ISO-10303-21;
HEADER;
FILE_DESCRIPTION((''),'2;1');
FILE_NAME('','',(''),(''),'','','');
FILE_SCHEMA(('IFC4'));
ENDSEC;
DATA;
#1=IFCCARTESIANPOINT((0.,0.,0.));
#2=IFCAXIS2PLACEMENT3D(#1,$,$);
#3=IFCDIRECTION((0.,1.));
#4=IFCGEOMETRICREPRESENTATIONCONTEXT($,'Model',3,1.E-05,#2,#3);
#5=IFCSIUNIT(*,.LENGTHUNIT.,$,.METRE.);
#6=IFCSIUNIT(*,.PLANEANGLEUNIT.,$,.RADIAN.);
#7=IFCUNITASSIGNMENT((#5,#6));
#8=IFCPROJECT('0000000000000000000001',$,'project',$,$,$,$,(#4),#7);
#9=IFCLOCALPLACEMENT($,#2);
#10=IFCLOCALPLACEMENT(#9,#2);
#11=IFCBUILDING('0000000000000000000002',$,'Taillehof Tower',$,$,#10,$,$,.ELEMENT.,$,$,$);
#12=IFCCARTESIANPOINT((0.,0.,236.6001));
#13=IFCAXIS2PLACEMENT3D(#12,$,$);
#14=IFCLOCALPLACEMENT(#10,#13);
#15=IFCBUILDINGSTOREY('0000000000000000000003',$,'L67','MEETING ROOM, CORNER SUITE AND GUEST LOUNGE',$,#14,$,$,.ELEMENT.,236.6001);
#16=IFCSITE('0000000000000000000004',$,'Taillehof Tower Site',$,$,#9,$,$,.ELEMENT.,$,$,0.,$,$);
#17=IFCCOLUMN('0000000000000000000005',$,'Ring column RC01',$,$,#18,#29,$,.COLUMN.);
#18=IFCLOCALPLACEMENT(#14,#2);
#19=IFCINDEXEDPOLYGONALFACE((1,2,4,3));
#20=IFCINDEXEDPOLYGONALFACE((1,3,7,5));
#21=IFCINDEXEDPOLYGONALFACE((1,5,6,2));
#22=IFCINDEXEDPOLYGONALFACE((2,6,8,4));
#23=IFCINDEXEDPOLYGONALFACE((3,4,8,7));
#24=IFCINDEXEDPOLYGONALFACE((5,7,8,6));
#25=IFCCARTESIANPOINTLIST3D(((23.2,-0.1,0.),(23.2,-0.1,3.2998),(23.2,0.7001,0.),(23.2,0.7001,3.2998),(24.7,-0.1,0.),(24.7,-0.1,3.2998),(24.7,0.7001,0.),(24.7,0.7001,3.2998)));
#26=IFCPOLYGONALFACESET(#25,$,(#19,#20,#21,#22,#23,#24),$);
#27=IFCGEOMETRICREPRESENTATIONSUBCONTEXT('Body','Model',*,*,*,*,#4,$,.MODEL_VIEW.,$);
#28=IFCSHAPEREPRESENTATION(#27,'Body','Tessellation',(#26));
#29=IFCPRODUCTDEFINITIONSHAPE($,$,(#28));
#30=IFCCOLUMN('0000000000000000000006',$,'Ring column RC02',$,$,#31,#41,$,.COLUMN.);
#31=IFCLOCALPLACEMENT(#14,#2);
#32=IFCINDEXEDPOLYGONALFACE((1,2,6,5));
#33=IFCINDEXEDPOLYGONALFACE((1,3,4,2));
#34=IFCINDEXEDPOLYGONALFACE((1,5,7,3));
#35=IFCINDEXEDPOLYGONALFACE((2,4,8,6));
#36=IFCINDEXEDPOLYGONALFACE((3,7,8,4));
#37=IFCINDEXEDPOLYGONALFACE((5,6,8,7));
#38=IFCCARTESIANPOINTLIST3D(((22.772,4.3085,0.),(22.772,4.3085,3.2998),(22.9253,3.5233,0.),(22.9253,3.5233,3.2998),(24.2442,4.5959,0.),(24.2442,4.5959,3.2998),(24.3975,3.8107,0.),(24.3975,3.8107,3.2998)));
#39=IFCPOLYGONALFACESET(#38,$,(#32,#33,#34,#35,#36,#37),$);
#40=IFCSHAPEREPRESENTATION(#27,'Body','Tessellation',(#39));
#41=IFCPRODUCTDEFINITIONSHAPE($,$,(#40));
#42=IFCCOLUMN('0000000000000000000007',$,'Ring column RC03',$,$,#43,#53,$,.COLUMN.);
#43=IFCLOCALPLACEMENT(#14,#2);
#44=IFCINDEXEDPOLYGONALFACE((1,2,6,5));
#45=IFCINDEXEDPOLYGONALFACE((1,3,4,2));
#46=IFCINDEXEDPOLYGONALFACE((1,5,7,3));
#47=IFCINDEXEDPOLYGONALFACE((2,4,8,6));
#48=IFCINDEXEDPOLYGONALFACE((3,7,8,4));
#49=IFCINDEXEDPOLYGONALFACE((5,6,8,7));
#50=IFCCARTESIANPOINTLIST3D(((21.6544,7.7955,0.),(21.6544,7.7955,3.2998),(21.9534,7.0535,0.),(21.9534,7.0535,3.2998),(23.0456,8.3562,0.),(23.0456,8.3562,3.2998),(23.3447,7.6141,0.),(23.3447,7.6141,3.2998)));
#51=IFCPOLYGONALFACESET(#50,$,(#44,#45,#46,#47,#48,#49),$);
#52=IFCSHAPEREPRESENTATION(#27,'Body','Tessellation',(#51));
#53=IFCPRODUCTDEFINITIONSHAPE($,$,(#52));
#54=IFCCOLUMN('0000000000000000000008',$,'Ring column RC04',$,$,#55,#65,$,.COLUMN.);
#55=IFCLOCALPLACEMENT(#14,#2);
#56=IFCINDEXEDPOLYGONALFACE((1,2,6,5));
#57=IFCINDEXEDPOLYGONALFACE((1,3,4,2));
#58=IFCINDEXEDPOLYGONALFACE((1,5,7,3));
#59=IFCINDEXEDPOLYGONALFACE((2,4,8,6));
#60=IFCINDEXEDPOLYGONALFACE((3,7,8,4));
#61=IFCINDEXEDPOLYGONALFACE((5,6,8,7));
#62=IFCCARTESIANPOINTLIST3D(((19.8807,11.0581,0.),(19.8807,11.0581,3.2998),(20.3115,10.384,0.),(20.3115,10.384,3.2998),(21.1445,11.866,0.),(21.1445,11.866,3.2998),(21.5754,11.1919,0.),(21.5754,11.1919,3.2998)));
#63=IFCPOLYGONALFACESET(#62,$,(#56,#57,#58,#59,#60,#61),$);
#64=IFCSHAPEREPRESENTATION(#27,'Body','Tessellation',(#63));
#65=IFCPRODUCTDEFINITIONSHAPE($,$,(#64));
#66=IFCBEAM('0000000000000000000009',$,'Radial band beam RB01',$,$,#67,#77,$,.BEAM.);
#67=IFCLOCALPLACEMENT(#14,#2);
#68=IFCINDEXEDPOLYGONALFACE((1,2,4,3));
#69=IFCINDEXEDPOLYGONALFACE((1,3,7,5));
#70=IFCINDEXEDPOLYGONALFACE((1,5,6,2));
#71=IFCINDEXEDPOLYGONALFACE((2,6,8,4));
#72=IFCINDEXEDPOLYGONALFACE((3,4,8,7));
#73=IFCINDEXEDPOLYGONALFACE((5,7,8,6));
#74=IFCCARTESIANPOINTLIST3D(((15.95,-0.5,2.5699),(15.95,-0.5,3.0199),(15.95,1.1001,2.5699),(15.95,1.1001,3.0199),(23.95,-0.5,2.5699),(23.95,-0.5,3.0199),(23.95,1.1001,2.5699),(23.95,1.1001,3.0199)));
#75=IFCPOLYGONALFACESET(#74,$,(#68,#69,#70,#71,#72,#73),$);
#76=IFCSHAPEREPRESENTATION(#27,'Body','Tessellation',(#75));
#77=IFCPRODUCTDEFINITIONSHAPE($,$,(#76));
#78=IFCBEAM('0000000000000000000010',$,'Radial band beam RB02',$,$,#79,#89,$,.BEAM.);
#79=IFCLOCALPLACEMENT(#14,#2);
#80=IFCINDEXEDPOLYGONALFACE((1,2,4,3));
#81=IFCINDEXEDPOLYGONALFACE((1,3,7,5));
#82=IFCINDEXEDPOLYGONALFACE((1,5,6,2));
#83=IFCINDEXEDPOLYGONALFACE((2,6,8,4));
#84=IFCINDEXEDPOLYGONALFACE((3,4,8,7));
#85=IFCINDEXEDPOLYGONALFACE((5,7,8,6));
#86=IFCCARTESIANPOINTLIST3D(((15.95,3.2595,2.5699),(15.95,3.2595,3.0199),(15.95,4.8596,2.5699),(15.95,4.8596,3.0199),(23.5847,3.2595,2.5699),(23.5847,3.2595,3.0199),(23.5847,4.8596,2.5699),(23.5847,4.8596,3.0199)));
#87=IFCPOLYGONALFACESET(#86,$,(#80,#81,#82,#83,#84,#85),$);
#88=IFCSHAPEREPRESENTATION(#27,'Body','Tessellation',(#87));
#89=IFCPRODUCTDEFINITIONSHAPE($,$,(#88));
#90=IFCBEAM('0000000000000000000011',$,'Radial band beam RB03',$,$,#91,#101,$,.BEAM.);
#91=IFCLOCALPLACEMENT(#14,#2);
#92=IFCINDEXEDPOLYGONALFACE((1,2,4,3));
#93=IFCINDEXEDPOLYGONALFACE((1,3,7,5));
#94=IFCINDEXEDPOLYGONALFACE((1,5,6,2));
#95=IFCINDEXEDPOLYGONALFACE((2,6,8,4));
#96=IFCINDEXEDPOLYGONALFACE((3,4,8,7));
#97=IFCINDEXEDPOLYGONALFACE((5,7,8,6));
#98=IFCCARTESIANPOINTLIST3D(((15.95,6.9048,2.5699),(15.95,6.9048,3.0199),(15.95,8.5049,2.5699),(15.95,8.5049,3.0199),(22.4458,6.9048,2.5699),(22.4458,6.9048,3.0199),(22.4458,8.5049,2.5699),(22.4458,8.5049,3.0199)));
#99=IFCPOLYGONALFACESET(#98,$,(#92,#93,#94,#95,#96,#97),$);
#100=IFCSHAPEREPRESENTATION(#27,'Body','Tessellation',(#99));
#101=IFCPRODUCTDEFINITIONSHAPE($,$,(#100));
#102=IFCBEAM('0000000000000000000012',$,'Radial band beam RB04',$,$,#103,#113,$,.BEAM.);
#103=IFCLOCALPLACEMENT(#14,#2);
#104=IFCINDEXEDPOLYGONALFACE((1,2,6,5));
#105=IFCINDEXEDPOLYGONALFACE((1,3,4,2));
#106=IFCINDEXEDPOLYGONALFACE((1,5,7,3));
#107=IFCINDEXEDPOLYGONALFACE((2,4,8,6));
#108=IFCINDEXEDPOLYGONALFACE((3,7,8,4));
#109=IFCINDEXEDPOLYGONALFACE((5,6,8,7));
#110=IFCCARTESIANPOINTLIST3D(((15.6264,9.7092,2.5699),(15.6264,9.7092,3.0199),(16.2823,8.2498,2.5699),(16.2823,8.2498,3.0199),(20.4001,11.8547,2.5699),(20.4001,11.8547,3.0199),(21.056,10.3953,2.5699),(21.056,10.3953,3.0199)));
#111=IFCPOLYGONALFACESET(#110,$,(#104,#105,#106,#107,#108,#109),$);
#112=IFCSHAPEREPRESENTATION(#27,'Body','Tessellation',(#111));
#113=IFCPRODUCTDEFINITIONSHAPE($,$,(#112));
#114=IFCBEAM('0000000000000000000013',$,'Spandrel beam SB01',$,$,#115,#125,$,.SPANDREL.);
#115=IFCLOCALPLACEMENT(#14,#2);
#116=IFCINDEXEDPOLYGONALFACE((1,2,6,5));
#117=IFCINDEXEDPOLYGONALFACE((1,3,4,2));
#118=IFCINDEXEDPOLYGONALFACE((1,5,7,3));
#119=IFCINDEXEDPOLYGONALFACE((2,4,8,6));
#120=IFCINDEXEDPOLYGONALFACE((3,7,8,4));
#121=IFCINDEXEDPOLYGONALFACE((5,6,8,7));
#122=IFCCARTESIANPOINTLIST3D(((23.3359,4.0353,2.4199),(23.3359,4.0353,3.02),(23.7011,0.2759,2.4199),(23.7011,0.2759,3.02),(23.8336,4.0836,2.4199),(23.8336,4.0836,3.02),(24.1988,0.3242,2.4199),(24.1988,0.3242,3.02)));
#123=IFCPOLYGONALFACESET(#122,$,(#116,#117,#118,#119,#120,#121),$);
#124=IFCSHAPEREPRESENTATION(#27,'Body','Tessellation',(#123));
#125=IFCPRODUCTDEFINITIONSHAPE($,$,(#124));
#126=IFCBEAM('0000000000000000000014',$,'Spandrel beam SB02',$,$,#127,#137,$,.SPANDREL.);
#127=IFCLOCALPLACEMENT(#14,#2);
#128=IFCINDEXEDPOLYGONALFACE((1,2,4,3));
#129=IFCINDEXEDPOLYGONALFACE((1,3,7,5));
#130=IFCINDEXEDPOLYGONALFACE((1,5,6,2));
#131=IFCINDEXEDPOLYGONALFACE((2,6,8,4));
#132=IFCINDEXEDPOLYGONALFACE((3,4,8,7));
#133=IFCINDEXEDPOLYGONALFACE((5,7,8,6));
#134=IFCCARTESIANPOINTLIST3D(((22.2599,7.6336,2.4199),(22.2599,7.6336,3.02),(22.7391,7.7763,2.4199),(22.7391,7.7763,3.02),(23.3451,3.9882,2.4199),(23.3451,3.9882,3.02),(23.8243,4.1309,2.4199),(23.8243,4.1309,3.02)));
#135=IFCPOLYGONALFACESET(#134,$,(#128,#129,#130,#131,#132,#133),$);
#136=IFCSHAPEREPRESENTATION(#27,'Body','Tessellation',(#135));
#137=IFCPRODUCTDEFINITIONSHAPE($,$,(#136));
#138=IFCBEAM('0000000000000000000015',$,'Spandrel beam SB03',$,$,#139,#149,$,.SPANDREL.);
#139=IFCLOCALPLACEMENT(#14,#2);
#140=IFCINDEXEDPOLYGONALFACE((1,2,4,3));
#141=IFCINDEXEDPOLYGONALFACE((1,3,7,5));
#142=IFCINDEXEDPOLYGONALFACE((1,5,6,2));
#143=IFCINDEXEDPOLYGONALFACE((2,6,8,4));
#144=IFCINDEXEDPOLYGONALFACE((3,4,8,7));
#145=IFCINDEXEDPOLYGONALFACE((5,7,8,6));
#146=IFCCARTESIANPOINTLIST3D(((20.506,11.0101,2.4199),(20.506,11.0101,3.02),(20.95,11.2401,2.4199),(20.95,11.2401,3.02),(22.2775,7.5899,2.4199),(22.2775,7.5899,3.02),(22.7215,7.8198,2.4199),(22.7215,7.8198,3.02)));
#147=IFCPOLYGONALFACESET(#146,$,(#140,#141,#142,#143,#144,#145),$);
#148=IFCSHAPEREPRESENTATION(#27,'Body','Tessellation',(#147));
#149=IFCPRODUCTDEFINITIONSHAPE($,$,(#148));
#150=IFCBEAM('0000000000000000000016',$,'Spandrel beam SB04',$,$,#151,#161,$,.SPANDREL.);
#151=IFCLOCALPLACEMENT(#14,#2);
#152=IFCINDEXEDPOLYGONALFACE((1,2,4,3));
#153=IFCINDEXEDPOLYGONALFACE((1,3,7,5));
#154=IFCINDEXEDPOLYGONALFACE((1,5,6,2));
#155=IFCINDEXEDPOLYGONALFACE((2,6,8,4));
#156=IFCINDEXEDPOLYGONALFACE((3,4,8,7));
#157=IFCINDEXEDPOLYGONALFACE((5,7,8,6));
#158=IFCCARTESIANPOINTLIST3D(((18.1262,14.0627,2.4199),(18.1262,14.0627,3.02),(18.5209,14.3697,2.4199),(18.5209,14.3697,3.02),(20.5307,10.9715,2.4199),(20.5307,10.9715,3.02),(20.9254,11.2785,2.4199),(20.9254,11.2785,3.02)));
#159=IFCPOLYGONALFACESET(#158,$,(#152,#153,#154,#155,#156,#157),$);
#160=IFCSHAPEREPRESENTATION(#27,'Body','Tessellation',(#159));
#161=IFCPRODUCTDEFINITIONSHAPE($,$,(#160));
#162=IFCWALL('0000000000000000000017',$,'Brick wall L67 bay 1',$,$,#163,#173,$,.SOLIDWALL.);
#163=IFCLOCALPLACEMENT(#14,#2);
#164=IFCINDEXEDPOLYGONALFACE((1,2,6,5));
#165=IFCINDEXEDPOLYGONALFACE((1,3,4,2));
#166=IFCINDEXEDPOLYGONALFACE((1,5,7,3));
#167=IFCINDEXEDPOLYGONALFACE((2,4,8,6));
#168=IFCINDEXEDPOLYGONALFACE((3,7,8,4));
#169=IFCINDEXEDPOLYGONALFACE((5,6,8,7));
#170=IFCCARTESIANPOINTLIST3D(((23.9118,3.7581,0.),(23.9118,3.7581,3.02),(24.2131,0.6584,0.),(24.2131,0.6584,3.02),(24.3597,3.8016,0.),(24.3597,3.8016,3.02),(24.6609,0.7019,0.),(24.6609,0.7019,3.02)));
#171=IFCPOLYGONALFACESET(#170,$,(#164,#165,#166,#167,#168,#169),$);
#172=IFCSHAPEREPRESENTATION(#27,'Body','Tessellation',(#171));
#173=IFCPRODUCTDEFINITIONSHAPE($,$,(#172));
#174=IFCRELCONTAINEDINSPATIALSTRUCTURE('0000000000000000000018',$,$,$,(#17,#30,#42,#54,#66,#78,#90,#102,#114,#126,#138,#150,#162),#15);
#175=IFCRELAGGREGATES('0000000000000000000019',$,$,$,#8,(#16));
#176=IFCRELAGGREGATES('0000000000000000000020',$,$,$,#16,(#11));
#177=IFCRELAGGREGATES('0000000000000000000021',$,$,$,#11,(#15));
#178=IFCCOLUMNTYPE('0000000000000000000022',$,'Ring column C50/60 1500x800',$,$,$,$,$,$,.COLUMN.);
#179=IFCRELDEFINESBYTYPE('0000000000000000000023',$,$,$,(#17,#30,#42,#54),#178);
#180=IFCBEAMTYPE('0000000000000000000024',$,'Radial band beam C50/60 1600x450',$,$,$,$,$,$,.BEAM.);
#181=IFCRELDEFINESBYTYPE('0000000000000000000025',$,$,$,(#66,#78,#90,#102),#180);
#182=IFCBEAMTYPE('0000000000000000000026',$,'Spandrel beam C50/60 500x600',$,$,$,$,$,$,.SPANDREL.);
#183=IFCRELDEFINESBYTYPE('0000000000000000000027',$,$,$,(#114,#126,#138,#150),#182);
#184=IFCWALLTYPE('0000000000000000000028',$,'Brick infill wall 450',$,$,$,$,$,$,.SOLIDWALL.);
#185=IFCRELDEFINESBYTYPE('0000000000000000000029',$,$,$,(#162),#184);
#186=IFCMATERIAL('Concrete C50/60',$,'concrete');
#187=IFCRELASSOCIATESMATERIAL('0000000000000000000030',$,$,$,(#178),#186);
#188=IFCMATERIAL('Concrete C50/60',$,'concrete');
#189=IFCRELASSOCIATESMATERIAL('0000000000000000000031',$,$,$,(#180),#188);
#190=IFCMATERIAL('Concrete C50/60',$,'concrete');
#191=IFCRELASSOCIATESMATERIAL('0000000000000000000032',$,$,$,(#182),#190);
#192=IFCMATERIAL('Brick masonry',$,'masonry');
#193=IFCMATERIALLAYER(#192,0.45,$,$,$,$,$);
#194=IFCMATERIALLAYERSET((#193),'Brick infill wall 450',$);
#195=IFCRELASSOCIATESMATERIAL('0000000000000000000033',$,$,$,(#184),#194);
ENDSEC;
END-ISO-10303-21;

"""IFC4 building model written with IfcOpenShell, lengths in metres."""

from ifc_helpers import new_model, si_unit, direction, frame, frame_2d, origin, origin_2d, place, context, subcontext, project, spatial, rectangle, extrude, material, layer, layer_set, material_profile, profile_set, type_object, element, save


model = new_model("IFC4")

# Units and contexts
model_context = context("Model", 3, precision=1e-05, world=origin(), true_north=direction((0.0, 1.0)))
body_context = subcontext(model_context, "Body", "Model", "MODEL_VIEW")
ifc_project = project(units=[si_unit("LENGTHUNIT", "METRE"), si_unit("PLANEANGLEUNIT", "RADIAN")], contexts=[model_context])

# Site, building, storey
site_placement = place(None, origin())
site = spatial("IfcSite", under=ifc_project, at=site_placement, Name="Taillehof Tower Site", CompositionType="ELEMENT", RefElevation=0.0)
building_placement = place(site_placement, origin())
building = spatial("IfcBuilding", under=site, at=building_placement, Name="Taillehof Tower", CompositionType="ELEMENT")
storey_placement = place(building_placement, frame((0.0, 0.0, 236.6001)))
storey = spatial("IfcBuildingStorey", under=building, at=storey_placement, Name="L67", Description="MEETING ROOM, CORNER SUITE AND GUEST LOUNGE", CompositionType="ELEMENT", Elevation=236.6001)

# Columns
ifc_material_1 = material(Name="Concrete C50/60", Category="concrete")
ifc_material_profile_1 = material_profile(ifc_material_1, rectangle(XDim=1.5, YDim=0.8, at=origin_2d()), Name="RC 1500x800")
ifc_profile_set_1 = profile_set([ifc_material_profile_1], Name="Concrete C50/60")
column_type = type_object("IfcColumnType", Name="Ring column C50/60 1500x800", PredefinedType="COLUMN", material=ifc_profile_set_1)
for number, where, z_axis, x_axis, name in (
    (1, (23.95, 0.3, 0.0), (0.0, 0.0, 1.0), (1.0, 0.0, 0.0), "Ring column RC01"),
    (2, (23.5847, 4.0596, 0.0), (0.0, 0.0, 1.0), (0.981473, 0.191602, 0.0), "Ring column RC02"),
    (3, (22.4995, 7.7048, 0.0), (0.0, 0.0, 1.0), (0.927525, 0.373762, 0.0), "Ring column RC03"),
    (4, (20.728, 11.125, 0.0), (0.0, 0.0, 1.0), (0.842574, 0.538581, 0.0), "Ring column RC04"),
):
    element("IfcColumn", number, at=place(storey_placement, frame(where, z_axis=z_axis, x_axis=x_axis)), inside=storey, type_object=column_type, Name=name, PredefinedType="COLUMN", context=body_context, shape_type="SweptSolid", body=[
        extrude(rectangle(XDim=1.5, YDim=0.8, at=origin_2d()), origin(), (0.0, 0.0, 1.0), 3.2998),
    ])

# Beams
ifc_material_2 = material(Name="Concrete C50/60", Category="concrete")
ifc_material_profile_2 = material_profile(ifc_material_2, rectangle(XDim=1.6001, YDim=0.45, at=origin_2d()), Name="RC 1600x450")
ifc_profile_set_2 = profile_set([ifc_material_profile_2], Name="Concrete C50/60")
beam_type_1 = type_object("IfcBeamType", Name="Radial band beam C50/60 1600x450", PredefinedType="BEAM", material=ifc_profile_set_2)
beam_1_placement = place(storey_placement, frame((23.95, 0.3, 2.7949), z_axis=(-1.0, 0.0, 0.0), x_axis=(0.0, -1.0, 0.0)))
element("IfcBeam", 5, at=beam_1_placement, inside=storey, type_object=beam_type_1, Name="Radial band beam RB01", PredefinedType="BEAM", context=body_context, shape_type="SweptSolid", body=[
    extrude(rectangle(XDim=1.6001, YDim=0.45, at=origin_2d()), origin(), (0.0, 0.0, 1.0), 8.0),
])
beam_2_placement = place(storey_placement, frame((23.5847, 4.0596, 2.7949), z_axis=(-1.0, 0.0, 0.0), x_axis=(0.0, -1.0, 0.0)))
element("IfcBeam", 6, at=beam_2_placement, inside=storey, type_object=beam_type_1, Name="Radial band beam RB02", PredefinedType="BEAM", context=body_context, shape_type="SweptSolid", body=[
    extrude(rectangle(XDim=1.6001, YDim=0.45, at=origin_2d()), origin(), (0.0, 0.0, 1.0), 7.6348),
])
beam_3_placement = place(storey_placement, frame((22.4458, 7.7048, 2.7949), z_axis=(-1.0, 0.0, 0.0), x_axis=(0.0, -1.0, 0.0)))
element("IfcBeam", 7, at=beam_3_placement, inside=storey, type_object=beam_type_1, Name="Radial band beam RB03", PredefinedType="BEAM", context=body_context, shape_type="SweptSolid", body=[
    extrude(rectangle(XDim=1.6001, YDim=0.45, at=origin_2d()), origin(), (0.0, 0.0, 1.0), 6.4958),
])
beam_4_placement = place(storey_placement, frame((20.728, 11.125, 2.7949), z_axis=(-0.912111, -0.409944, 0.0), x_axis=(0.409944, -0.912111, 0.0)))
element("IfcBeam", 8, at=beam_4_placement, inside=storey, type_object=beam_type_1, Name="Radial band beam RB04", PredefinedType="BEAM", context=body_context, shape_type="SweptSolid", body=[
    extrude(rectangle(XDim=1.6001, YDim=0.45, at=origin_2d()), origin(), (0.0, 0.0, 1.0), 5.2336),
])
ifc_material_3 = material(Name="Concrete C50/60", Category="concrete")
ifc_material_profile_3 = material_profile(ifc_material_3, rectangle(XDim=0.5, YDim=0.6001, at=origin_2d()), Name="RC 500x600")
ifc_profile_set_3 = profile_set([ifc_material_profile_3], Name="Concrete C50/60")
beam_type_2 = type_object("IfcBeamType", Name="Spandrel beam C50/60 500x600", PredefinedType="SPANDREL", material=ifc_profile_set_3)
beam_5_placement = place(storey_placement, frame((23.95, 0.3, 2.72), z_axis=(-0.096694, 0.995314, 0.0), x_axis=(-0.995314, -0.096694, 0.0)))
element("IfcBeam", 9, at=beam_5_placement, inside=storey, type_object=beam_type_2, Name="Spandrel beam SB01", PredefinedType="SPANDREL", context=body_context, shape_type="SweptSolid", body=[
    extrude(rectangle(XDim=0.5, YDim=0.6001, at=origin_2d()), origin(), (0.0, 0.0, 1.0), 3.7771),
])
beam_6_placement = place(storey_placement, frame((23.5847, 4.0596, 2.72), z_axis=(-0.285327, 0.95843, 0.0), x_axis=(-0.95843, -0.285327, 0.0)))
element("IfcBeam", 10, at=beam_6_placement, inside=storey, type_object=beam_type_2, Name="Spandrel beam SB02", PredefinedType="SPANDREL", context=body_context, shape_type="SweptSolid", body=[
    extrude(rectangle(XDim=0.5, YDim=0.6001, at=origin_2d()), origin(), (0.0, 0.0, 1.0), 3.8035),
])
beam_7_placement = place(storey_placement, frame((22.4995, 7.7048, 2.72), z_axis=(-0.459921, 0.88796, 0.0), x_axis=(-0.88796, -0.459921, 0.0)))
element("IfcBeam", 11, at=beam_7_placement, inside=storey, type_object=beam_type_2, Name="Spandrel beam SB03", PredefinedType="SPANDREL", context=body_context, shape_type="SweptSolid", body=[
    extrude(rectangle(XDim=0.5, YDim=0.6001, at=origin_2d()), origin(), (0.0, 0.0, 1.0), 3.8518),
])
beam_8_placement = place(storey_placement, frame((20.728, 11.125, 2.72), z_axis=(-0.613971, 0.789329, 0.0), x_axis=(-0.789329, -0.613971, 0.0)))
element("IfcBeam", 12, at=beam_8_placement, inside=storey, type_object=beam_type_2, Name="Spandrel beam SB04", PredefinedType="SPANDREL", context=body_context, shape_type="SweptSolid", body=[
    extrude(rectangle(XDim=0.5, YDim=0.6001, at=origin_2d()), origin(), (0.0, 0.0, 1.0), 3.9163),
])

# Wall
ifc_material_4 = material(Name="Brick masonry", Category="masonry")
ifc_layer_1 = layer(ifc_material_4, 0.45)
ifc_layer_set_1 = layer_set([ifc_layer_1], Name="Brick infill wall 450")
wall_type_1 = type_object("IfcWallType", Name="Brick infill wall 450", PredefinedType="SOLIDWALL", material=ifc_layer_set_1)
wall_1_placement = place(storey_placement, frame((24.437, 0.6802, 0.0), z_axis=(0.0, 0.0, 1.0), x_axis=(-0.09674, 0.99531, 0.0)))
element("IfcWall", 13, at=wall_1_placement, inside=storey, type_object=wall_type_1, Name="Brick wall L67 bay 1", PredefinedType="SOLIDWALL", context=body_context, shape_type="SweptSolid", body=[
    extrude(rectangle(XDim=3.1143, YDim=0.45, at=frame_2d((1.5571, 0.0))), origin(), (0.0, 0.0, 1.0), 3.02),
])

save(model, "model.ifc")
